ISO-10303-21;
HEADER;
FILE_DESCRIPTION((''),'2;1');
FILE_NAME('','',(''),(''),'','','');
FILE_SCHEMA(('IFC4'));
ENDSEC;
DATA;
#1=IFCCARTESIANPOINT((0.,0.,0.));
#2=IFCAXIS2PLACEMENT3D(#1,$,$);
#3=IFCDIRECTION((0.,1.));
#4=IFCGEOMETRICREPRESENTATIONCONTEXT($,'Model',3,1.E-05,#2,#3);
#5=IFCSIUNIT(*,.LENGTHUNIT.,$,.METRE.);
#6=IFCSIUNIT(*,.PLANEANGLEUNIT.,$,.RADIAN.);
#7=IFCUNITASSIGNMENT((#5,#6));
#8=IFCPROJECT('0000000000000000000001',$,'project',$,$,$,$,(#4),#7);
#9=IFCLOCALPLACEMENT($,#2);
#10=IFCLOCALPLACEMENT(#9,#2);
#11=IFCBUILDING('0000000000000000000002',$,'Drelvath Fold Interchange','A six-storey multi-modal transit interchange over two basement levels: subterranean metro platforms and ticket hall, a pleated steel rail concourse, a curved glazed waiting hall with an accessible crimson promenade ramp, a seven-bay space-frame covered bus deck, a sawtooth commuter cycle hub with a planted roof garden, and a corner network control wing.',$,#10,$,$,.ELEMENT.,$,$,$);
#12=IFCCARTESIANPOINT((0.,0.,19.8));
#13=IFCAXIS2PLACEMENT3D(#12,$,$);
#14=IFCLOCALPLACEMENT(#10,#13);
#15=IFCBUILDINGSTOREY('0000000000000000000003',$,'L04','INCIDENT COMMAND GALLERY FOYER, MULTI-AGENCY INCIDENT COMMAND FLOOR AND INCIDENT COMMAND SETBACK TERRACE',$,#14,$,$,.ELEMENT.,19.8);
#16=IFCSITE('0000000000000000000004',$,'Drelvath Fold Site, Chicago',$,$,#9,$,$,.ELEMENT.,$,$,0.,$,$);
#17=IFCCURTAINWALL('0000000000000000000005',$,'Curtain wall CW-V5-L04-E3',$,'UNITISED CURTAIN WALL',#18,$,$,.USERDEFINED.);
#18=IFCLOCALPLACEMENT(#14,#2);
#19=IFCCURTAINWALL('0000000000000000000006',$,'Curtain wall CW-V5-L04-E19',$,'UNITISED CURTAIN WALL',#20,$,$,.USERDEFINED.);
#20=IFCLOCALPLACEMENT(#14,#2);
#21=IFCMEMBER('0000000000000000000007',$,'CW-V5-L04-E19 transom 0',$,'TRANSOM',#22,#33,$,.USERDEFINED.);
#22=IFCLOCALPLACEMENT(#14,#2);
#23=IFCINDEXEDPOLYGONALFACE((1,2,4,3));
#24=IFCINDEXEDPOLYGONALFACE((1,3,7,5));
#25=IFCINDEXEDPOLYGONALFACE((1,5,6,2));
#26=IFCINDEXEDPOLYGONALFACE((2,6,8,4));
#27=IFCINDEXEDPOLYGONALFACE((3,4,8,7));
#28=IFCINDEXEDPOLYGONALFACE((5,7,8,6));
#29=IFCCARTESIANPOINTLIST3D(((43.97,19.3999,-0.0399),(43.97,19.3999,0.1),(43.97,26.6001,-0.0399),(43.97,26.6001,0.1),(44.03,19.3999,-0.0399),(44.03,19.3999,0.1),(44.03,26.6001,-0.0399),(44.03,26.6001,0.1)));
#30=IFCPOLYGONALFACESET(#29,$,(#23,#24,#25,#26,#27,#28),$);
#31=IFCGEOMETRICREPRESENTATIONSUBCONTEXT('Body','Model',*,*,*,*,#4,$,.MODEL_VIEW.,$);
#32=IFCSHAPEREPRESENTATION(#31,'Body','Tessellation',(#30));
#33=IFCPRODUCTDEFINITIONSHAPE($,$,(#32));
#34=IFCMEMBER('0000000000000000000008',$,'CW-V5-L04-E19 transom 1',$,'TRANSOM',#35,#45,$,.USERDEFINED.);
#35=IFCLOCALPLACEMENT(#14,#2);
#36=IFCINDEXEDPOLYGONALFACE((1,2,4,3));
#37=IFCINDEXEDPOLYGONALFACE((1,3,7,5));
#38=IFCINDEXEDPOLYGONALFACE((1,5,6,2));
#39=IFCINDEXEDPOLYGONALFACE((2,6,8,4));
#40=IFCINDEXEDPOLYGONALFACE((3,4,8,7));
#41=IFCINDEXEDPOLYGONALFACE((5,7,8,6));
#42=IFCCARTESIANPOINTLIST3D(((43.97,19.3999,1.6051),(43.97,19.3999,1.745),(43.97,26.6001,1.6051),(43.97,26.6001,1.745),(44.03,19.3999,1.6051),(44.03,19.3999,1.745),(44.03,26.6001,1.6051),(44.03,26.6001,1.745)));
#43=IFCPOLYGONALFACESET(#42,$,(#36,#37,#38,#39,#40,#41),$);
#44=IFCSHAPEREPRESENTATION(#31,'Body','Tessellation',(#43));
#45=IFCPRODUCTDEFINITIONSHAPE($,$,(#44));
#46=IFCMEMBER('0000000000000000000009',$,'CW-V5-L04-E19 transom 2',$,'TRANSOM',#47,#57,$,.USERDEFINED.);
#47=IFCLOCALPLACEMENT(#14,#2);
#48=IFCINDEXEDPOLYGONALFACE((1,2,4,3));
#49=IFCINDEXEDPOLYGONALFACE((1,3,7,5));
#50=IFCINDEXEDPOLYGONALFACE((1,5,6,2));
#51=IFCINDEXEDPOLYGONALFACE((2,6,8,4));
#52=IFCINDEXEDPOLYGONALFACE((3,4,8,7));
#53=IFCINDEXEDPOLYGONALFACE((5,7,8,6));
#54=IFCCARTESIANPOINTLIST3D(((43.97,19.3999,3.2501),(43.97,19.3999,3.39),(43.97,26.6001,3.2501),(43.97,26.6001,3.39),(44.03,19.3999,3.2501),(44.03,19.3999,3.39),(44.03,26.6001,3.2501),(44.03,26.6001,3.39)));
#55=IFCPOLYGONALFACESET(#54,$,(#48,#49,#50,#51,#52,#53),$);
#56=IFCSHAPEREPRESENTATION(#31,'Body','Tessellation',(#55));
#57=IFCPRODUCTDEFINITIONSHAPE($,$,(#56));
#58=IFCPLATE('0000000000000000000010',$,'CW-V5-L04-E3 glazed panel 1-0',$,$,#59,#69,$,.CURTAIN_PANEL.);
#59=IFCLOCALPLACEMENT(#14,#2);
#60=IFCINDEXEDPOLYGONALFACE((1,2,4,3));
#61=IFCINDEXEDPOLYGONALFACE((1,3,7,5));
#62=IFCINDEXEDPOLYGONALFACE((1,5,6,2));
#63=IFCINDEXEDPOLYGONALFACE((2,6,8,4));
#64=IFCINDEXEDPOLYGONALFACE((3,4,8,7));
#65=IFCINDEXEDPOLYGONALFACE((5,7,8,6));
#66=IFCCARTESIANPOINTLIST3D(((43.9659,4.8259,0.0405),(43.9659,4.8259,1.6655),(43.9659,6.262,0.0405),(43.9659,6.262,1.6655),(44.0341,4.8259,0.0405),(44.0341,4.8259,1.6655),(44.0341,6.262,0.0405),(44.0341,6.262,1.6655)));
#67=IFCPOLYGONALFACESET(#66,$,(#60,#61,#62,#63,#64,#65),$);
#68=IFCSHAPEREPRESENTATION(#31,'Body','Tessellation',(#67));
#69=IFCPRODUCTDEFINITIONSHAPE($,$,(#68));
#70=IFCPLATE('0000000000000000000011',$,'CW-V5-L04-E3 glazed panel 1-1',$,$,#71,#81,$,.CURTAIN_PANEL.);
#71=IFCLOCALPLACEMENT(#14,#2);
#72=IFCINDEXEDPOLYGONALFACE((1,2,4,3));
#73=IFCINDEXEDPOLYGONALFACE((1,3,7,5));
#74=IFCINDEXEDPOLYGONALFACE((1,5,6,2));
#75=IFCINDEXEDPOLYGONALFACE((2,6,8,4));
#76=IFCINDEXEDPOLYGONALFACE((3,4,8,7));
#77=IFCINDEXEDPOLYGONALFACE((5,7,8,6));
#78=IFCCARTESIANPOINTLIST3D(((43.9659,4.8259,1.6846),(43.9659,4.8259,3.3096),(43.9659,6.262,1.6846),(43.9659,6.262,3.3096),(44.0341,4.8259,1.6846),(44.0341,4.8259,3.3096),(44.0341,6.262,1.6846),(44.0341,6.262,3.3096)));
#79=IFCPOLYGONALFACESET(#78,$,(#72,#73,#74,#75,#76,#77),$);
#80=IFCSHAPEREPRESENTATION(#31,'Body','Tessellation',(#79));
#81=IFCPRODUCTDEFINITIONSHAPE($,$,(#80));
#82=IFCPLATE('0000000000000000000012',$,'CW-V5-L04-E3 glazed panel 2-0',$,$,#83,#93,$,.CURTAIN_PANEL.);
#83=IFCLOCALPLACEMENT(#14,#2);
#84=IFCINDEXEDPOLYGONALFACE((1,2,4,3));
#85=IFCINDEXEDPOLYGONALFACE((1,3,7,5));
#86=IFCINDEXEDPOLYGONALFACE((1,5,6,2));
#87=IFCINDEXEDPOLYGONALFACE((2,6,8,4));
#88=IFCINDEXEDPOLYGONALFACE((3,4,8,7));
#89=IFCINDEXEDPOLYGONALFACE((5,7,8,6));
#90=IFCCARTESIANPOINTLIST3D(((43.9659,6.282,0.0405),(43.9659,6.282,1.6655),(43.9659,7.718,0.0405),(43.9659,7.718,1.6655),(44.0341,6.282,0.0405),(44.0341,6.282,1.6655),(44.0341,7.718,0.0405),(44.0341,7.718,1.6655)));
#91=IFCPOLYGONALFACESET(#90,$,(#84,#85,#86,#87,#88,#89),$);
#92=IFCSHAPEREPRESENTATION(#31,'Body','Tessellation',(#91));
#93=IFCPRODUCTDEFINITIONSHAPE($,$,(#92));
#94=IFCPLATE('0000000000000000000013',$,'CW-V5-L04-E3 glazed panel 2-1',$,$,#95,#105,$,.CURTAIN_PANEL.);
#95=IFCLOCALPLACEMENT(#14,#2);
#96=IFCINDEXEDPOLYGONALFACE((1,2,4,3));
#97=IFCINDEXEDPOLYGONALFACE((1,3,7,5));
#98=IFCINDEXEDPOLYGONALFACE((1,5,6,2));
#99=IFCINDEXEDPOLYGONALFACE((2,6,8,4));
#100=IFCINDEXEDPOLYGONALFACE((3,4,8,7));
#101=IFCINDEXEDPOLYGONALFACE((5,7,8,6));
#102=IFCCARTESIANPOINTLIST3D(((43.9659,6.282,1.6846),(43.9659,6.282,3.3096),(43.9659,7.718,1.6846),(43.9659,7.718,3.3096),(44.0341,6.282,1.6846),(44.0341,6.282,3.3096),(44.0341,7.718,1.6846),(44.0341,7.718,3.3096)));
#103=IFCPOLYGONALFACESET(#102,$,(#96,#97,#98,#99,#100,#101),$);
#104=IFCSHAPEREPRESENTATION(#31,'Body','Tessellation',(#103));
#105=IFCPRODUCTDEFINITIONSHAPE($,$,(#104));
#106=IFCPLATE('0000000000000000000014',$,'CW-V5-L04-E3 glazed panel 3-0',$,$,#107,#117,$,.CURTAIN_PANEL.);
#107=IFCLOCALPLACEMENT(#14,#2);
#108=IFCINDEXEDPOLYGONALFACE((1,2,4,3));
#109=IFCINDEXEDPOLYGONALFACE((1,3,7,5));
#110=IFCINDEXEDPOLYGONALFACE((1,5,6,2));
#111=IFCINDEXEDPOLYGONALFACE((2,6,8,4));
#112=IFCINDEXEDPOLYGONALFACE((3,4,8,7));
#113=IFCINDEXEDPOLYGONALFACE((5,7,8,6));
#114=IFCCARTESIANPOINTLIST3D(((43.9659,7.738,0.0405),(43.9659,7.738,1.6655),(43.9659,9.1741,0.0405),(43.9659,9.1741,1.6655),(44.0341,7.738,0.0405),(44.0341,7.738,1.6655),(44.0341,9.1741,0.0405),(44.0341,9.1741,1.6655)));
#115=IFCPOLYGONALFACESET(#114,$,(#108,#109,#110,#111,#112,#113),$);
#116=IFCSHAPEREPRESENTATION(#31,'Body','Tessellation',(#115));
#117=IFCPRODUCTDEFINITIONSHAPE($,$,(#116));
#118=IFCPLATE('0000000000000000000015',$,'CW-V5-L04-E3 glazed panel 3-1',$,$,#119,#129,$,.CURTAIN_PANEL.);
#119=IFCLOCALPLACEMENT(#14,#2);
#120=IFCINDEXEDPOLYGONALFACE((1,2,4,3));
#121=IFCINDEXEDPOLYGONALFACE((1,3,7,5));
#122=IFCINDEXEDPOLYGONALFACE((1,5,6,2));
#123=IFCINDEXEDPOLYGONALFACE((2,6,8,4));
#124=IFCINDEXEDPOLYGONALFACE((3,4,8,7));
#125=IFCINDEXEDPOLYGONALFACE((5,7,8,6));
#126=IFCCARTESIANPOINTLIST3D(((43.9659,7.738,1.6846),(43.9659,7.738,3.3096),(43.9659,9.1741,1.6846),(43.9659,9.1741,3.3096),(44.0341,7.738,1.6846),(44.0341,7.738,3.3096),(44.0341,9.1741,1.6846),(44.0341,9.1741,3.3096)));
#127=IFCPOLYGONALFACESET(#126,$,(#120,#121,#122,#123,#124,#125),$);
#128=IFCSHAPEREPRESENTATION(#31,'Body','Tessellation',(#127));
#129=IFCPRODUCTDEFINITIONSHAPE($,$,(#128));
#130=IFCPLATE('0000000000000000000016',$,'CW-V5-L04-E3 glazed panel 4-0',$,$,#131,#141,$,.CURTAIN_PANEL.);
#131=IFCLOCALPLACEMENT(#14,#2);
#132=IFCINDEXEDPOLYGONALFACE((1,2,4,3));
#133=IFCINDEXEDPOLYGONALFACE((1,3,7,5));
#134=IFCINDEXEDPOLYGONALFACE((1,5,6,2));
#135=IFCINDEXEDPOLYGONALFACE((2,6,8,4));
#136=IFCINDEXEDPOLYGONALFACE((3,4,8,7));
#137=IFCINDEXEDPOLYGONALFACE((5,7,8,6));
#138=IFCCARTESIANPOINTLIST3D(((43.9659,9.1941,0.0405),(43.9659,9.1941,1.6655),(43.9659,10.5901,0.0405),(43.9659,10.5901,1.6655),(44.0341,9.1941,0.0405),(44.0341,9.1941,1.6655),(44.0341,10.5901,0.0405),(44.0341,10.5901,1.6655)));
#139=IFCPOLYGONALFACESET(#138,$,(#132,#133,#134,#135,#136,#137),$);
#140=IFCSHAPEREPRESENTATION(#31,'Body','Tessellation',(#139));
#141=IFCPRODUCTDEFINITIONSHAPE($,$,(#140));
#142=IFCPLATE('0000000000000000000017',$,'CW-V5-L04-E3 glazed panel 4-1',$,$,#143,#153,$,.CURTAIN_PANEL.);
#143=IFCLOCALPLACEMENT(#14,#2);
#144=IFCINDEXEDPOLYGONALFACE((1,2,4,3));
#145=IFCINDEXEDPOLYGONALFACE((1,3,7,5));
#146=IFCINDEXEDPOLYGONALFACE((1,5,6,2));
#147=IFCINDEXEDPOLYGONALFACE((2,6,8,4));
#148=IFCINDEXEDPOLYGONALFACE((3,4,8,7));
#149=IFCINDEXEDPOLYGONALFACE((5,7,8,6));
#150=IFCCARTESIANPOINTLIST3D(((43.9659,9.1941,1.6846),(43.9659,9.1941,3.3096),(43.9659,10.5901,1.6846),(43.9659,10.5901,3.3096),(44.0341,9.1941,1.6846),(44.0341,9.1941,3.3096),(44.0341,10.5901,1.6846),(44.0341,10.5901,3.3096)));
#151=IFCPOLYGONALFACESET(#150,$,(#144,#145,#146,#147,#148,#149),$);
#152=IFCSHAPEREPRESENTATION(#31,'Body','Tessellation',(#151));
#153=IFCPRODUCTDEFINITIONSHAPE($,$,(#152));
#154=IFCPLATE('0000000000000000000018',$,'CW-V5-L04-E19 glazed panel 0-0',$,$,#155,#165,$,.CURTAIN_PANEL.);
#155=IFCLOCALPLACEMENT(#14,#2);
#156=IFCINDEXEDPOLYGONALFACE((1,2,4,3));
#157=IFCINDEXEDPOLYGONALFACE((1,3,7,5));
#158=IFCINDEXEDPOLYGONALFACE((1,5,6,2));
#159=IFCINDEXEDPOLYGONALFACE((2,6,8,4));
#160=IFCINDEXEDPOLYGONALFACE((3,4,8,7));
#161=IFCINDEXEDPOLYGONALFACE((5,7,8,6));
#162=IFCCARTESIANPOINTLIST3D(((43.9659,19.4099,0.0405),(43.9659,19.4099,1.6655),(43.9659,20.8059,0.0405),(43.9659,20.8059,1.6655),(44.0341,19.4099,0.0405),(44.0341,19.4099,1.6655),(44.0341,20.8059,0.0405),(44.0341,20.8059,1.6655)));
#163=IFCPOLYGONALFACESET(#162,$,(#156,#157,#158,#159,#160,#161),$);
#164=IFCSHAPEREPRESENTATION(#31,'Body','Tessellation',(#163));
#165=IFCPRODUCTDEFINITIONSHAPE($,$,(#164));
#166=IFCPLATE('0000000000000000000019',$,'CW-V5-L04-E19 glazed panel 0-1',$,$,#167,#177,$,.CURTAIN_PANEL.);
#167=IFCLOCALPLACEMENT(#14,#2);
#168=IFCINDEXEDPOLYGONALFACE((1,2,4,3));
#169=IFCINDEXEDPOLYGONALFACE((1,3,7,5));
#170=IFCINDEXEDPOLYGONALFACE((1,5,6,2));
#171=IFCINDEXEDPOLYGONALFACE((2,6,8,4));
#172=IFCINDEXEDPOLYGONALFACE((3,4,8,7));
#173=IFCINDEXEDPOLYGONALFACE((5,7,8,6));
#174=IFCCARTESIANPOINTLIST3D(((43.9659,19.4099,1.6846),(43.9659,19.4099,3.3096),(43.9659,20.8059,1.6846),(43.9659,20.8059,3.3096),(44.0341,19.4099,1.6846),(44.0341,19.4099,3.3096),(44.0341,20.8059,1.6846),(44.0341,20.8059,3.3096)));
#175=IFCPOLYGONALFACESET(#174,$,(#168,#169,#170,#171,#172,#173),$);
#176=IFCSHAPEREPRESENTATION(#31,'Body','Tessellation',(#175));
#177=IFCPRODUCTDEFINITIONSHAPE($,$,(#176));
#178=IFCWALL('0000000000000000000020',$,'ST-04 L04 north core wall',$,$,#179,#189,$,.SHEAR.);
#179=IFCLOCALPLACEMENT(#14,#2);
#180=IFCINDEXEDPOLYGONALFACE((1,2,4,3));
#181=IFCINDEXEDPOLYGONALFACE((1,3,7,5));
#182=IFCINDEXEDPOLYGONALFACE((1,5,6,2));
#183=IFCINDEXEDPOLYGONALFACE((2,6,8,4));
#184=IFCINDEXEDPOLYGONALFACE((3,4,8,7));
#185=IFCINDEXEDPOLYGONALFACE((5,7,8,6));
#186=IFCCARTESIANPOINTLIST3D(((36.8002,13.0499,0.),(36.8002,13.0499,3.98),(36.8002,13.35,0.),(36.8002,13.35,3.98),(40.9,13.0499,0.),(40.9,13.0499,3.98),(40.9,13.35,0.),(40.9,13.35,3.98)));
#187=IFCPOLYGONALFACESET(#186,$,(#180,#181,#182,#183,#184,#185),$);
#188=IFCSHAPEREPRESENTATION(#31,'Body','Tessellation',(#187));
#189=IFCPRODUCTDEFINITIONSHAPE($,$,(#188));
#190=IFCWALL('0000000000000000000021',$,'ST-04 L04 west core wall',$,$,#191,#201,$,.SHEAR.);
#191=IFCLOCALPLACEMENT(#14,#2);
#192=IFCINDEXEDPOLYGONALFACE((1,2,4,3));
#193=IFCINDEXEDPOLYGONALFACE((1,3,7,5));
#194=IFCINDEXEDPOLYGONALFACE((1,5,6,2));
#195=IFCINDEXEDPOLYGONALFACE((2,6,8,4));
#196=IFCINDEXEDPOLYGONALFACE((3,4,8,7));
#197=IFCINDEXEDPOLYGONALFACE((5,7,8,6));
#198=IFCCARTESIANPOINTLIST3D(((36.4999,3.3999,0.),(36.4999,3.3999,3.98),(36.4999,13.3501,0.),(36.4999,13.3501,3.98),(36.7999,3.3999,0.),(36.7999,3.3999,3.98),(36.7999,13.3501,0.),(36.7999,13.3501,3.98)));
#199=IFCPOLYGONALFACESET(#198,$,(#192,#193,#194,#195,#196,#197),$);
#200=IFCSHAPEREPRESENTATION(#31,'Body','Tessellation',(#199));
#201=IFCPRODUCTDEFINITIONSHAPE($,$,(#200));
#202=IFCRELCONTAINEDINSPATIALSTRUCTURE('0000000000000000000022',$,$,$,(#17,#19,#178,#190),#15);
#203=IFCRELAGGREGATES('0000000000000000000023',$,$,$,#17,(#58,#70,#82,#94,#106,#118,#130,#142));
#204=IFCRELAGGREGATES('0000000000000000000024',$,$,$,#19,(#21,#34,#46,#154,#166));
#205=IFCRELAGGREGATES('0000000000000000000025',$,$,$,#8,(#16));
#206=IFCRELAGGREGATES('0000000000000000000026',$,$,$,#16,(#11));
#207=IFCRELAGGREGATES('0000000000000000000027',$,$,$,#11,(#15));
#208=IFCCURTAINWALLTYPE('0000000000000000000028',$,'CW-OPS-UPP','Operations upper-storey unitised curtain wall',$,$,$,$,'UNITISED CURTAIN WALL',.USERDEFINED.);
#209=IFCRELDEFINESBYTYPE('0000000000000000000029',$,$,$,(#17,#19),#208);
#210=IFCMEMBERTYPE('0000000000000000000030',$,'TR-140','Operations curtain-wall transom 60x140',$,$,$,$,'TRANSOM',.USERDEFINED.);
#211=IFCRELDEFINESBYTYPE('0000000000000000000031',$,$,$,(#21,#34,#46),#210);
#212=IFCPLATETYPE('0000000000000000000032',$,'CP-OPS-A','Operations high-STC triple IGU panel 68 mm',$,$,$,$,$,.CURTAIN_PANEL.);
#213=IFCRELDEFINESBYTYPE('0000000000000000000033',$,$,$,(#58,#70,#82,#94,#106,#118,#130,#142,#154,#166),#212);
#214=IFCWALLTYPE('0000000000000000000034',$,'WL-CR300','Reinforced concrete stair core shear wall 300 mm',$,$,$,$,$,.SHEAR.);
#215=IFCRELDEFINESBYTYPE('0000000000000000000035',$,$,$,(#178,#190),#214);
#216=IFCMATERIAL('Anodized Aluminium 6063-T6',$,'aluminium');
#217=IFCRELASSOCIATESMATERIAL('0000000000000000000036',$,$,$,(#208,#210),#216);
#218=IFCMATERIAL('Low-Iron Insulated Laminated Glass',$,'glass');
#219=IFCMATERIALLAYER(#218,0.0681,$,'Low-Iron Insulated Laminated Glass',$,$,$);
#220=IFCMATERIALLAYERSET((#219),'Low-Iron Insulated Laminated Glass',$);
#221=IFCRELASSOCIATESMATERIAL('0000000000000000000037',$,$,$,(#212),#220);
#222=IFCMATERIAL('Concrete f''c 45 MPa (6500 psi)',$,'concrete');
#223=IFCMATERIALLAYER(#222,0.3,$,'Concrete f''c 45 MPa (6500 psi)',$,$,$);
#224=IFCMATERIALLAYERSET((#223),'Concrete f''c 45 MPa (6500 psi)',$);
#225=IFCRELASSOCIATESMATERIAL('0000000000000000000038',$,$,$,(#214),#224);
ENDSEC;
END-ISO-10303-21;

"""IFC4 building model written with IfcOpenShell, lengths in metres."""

from ifc_helpers import new_model, si_unit, direction, frame, frame_2d, origin, origin_2d, place, context, subcontext, project, spatial, rectangle, extrude, material, layer, layer_set, material_profile, profile_set, type_object, element, aggregate, save


model = new_model("IFC4")

# Units and contexts
model_context = context("Model", 3, precision=1e-05, world=origin(), true_north=direction((0.0, 1.0)))
body_context = subcontext(model_context, "Body", "Model", "MODEL_VIEW")
ifc_project = project(units=[si_unit("LENGTHUNIT", "METRE"), si_unit("PLANEANGLEUNIT", "RADIAN")], contexts=[model_context])

# Site, building, storey
site_placement = place(None, origin())
site = spatial("IfcSite", under=ifc_project, at=site_placement, Name="Drelvath Fold Site, Chicago", CompositionType="ELEMENT", RefElevation=0.0)
building_placement = place(site_placement, origin())
building = spatial("IfcBuilding", under=site, at=building_placement, Name="Drelvath Fold Interchange", Description="A six-storey multi-modal transit interchange over two basement levels: subterranean metro platforms and ticket hall, a pleated steel rail concourse, a curved glazed waiting hall with an accessible crimson promenade ramp, a seven-bay space-frame covered bus deck, a sawtooth commuter cycle hub with a planted roof garden, and a corner network control wing.", CompositionType="ELEMENT")
storey_placement = place(building_placement, frame((0.0, 0.0, 19.8)))
storey = spatial("IfcBuildingStorey", under=building, at=storey_placement, Name="L04", Description="INCIDENT COMMAND GALLERY FOYER, MULTI-AGENCY INCIDENT COMMAND FLOOR AND INCIDENT COMMAND SETBACK TERRACE", CompositionType="ELEMENT", Elevation=19.8)

# Curtain walls, members
ifc_material_1 = material(Name="Anodized Aluminium 6063-T6", Category="aluminium")
curtain_wall_type = type_object("IfcCurtainWallType", Name="CW-OPS-UPP", Description="Operations upper-storey unitised curtain wall", ElementType="UNITISED CURTAIN WALL", PredefinedType="USERDEFINED", material=ifc_material_1)
curtain_wall_1_placement = place(storey_placement, origin())
curtain_wall_1 = element("IfcCurtainWall", 1, at=curtain_wall_1_placement, inside=storey, type_object=curtain_wall_type, Name="Curtain wall CW-V5-L04-E3", ObjectType="UNITISED CURTAIN WALL", PredefinedType="USERDEFINED")
curtain_wall_2_placement = place(storey_placement, origin())
curtain_wall_2 = element("IfcCurtainWall", 2, at=curtain_wall_2_placement, inside=storey, type_object=curtain_wall_type, Name="Curtain wall CW-V5-L04-E19", ObjectType="UNITISED CURTAIN WALL", PredefinedType="USERDEFINED")
ifc_material_profile_1 = material_profile(ifc_material_1, rectangle(XDim=0.0601, YDim=0.1399, at=origin_2d()), Name="AL-T 60x140")
ifc_profile_set_1 = profile_set([ifc_material_profile_1], Name="Anodized Aluminium 6063-T6")
member_type_1 = type_object("IfcMemberType", Name="TR-140", Description="Operations curtain-wall transom 60x140", ElementType="TRANSOM", PredefinedType="USERDEFINED", material=ifc_profile_set_1)
member_1_placement = place(storey_placement, frame((44.0, 19.3999, 0.03), z_axis=(0.0, 1.0, 0.0), x_axis=(-1.0, 0.0, 0.0)))
member_1 = element("IfcMember", 3, at=member_1_placement, type_object=member_type_1, Name="CW-V5-L04-E19 transom 0", ObjectType="TRANSOM", PredefinedType="USERDEFINED", context=body_context, shape_type="SweptSolid", body=[
    extrude(rectangle(XDim=0.0601, YDim=0.1399, at=origin_2d()), origin(), (0.0, 0.0, 1.0), 7.2002),
])
member_2_placement = place(storey_placement, frame((44.0, 19.3999, 1.675), z_axis=(0.0, 1.0, 0.0), x_axis=(-1.0, 0.0, 0.0)))
member_2 = element("IfcMember", 4, at=member_2_placement, type_object=member_type_1, Name="CW-V5-L04-E19 transom 1", ObjectType="TRANSOM", PredefinedType="USERDEFINED", context=body_context, shape_type="SweptSolid", body=[
    extrude(rectangle(XDim=0.0601, YDim=0.1399, at=origin_2d()), origin(), (0.0, 0.0, 1.0), 7.2002),
])
member_3_placement = place(storey_placement, frame((44.0, 19.3999, 3.3201), z_axis=(0.0, 1.0, 0.0), x_axis=(-1.0, 0.0, 0.0)))
member_3 = element("IfcMember", 5, at=member_3_placement, type_object=member_type_1, Name="CW-V5-L04-E19 transom 2", ObjectType="TRANSOM", PredefinedType="USERDEFINED", context=body_context, shape_type="SweptSolid", body=[
    extrude(rectangle(XDim=0.0601, YDim=0.1399, at=origin_2d()), origin(), (0.0, 0.0, 1.0), 7.2002),
])

# Plates
ifc_material_2 = material(Name="Low-Iron Insulated Laminated Glass", Category="glass")
ifc_layer_1 = layer(ifc_material_2, 0.0681, Name="Low-Iron Insulated Laminated Glass")
ifc_layer_set_1 = layer_set([ifc_layer_1], Name="Low-Iron Insulated Laminated Glass")
plate_type = type_object("IfcPlateType", Name="CP-OPS-A", Description="Operations high-STC triple IGU panel 68 mm", PredefinedType="CURTAIN_PANEL", material=ifc_layer_set_1)
plate_1_placement = place(storey_placement, frame((44.0, 5.5439, 0.0405), z_axis=(0.0, 0.0, 1.0), x_axis=(0.0, 1.0, 0.0)))
plate_1 = element("IfcPlate", 6, at=plate_1_placement, type_object=plate_type, Name="CW-V5-L04-E3 glazed panel 1-0", PredefinedType="CURTAIN_PANEL", context=body_context, shape_type="SweptSolid", body=[
    extrude(rectangle(XDim=1.436, YDim=0.0681, at=origin_2d()), origin(), (0.0, 0.0, 1.0), 1.625),
])
plate_2_placement = place(storey_placement, frame((44.0, 5.5439, 1.6846), z_axis=(0.0, 0.0, 1.0), x_axis=(0.0, 1.0, 0.0)))
plate_2 = element("IfcPlate", 7, at=plate_2_placement, type_object=plate_type, Name="CW-V5-L04-E3 glazed panel 1-1", PredefinedType="CURTAIN_PANEL", context=body_context, shape_type="SweptSolid", body=[
    extrude(rectangle(XDim=1.436, YDim=0.0681, at=origin_2d()), origin(), (0.0, 0.0, 1.0), 1.625),
])
plate_3_placement = place(storey_placement, frame((44.0, 7.0, 0.0405), z_axis=(0.0, 0.0, 1.0), x_axis=(0.0, 1.0, 0.0)))
plate_3 = element("IfcPlate", 8, at=plate_3_placement, type_object=plate_type, Name="CW-V5-L04-E3 glazed panel 2-0", PredefinedType="CURTAIN_PANEL", context=body_context, shape_type="SweptSolid", body=[
    extrude(rectangle(XDim=1.436, YDim=0.0681, at=origin_2d()), origin(), (0.0, 0.0, 1.0), 1.625),
])
plate_4_placement = place(storey_placement, frame((44.0, 7.0, 1.6846), z_axis=(0.0, 0.0, 1.0), x_axis=(0.0, 1.0, 0.0)))
plate_4 = element("IfcPlate", 9, at=plate_4_placement, type_object=plate_type, Name="CW-V5-L04-E3 glazed panel 2-1", PredefinedType="CURTAIN_PANEL", context=body_context, shape_type="SweptSolid", body=[
    extrude(rectangle(XDim=1.436, YDim=0.0681, at=origin_2d()), origin(), (0.0, 0.0, 1.0), 1.625),
])
plate_5_placement = place(storey_placement, frame((44.0, 8.4561, 0.0405), z_axis=(0.0, 0.0, 1.0), x_axis=(0.0, 1.0, 0.0)))
plate_5 = element("IfcPlate", 10, at=plate_5_placement, type_object=plate_type, Name="CW-V5-L04-E3 glazed panel 3-0", PredefinedType="CURTAIN_PANEL", context=body_context, shape_type="SweptSolid", body=[
    extrude(rectangle(XDim=1.436, YDim=0.0681, at=origin_2d()), origin(), (0.0, 0.0, 1.0), 1.625),
])
plate_6_placement = place(storey_placement, frame((44.0, 8.4561, 1.6846), z_axis=(0.0, 0.0, 1.0), x_axis=(0.0, 1.0, 0.0)))
plate_6 = element("IfcPlate", 11, at=plate_6_placement, type_object=plate_type, Name="CW-V5-L04-E3 glazed panel 3-1", PredefinedType="CURTAIN_PANEL", context=body_context, shape_type="SweptSolid", body=[
    extrude(rectangle(XDim=1.436, YDim=0.0681, at=origin_2d()), origin(), (0.0, 0.0, 1.0), 1.625),
])
plate_7_placement = place(storey_placement, frame((44.0, 9.8921, 0.0405), z_axis=(0.0, 0.0, 1.0), x_axis=(0.0, 1.0, 0.0)))
plate_7 = element("IfcPlate", 12, at=plate_7_placement, type_object=plate_type, Name="CW-V5-L04-E3 glazed panel 4-0", PredefinedType="CURTAIN_PANEL", context=body_context, shape_type="SweptSolid", body=[
    extrude(rectangle(XDim=1.396, YDim=0.0681, at=origin_2d()), origin(), (0.0, 0.0, 1.0), 1.625),
])
plate_8_placement = place(storey_placement, frame((44.0, 9.8921, 1.6846), z_axis=(0.0, 0.0, 1.0), x_axis=(0.0, 1.0, 0.0)))
plate_8 = element("IfcPlate", 13, at=plate_8_placement, type_object=plate_type, Name="CW-V5-L04-E3 glazed panel 4-1", PredefinedType="CURTAIN_PANEL", context=body_context, shape_type="SweptSolid", body=[
    extrude(rectangle(XDim=1.396, YDim=0.0681, at=origin_2d()), origin(), (0.0, 0.0, 1.0), 1.625),
])
aggregate(curtain_wall_1, [plate_1, plate_2, plate_3, plate_4, plate_5, plate_6, plate_7, plate_8])
plate_9_placement = place(storey_placement, frame((44.0, 20.1079, 0.0405), z_axis=(0.0, 0.0, 1.0), x_axis=(0.0, 1.0, 0.0)))
plate_9 = element("IfcPlate", 14, at=plate_9_placement, type_object=plate_type, Name="CW-V5-L04-E19 glazed panel 0-0", PredefinedType="CURTAIN_PANEL", context=body_context, shape_type="SweptSolid", body=[
    extrude(rectangle(XDim=1.396, YDim=0.0681, at=origin_2d()), origin(), (0.0, 0.0, 1.0), 1.625),
])
plate_10_placement = place(storey_placement, frame((44.0, 20.1079, 1.6846), z_axis=(0.0, 0.0, 1.0), x_axis=(0.0, 1.0, 0.0)))
plate_10 = element("IfcPlate", 15, at=plate_10_placement, type_object=plate_type, Name="CW-V5-L04-E19 glazed panel 0-1", PredefinedType="CURTAIN_PANEL", context=body_context, shape_type="SweptSolid", body=[
    extrude(rectangle(XDim=1.396, YDim=0.0681, at=origin_2d()), origin(), (0.0, 0.0, 1.0), 1.625),
])
aggregate(curtain_wall_2, [member_1, member_2, member_3, plate_9, plate_10])

# Walls
ifc_material_3 = material(Name="Concrete f'c 45 MPa (6500 psi)", Category="concrete")
ifc_layer_2 = layer(ifc_material_3, 0.3, Name="Concrete f'c 45 MPa (6500 psi)")
ifc_layer_set_2 = layer_set([ifc_layer_2], Name="Concrete f'c 45 MPa (6500 psi)")
wall_type_1 = type_object("IfcWallType", Name="WL-CR300", Description="Reinforced concrete stair core shear wall 300 mm", PredefinedType="SHEAR", material=ifc_layer_set_2)
wall_1_placement = place(storey_placement, frame((40.8999, 13.2, 0.0), z_axis=(0.0, 0.0, 1.0), x_axis=(-1.0, 0.0, 0.0)))
element("IfcWall", 16, at=wall_1_placement, inside=storey, type_object=wall_type_1, Name="ST-04 L04 north core wall", PredefinedType="SHEAR", context=body_context, shape_type="SweptSolid", body=[
    extrude(rectangle(XDim=4.0999, YDim=0.3, at=frame_2d((2.0498, 0.0))), origin(), (0.0, 0.0, 1.0), 3.98),
])
wall_2_placement = place(storey_placement, frame((36.6499, 13.3501, 0.0), z_axis=(0.0, 0.0, 1.0), x_axis=(0.0, -1.0, 0.0)))
element("IfcWall", 17, at=wall_2_placement, inside=storey, type_object=wall_type_1, Name="ST-04 L04 west core wall", PredefinedType="SHEAR", context=body_context, shape_type="SweptSolid", body=[
    extrude(rectangle(XDim=9.9502, YDim=0.3, at=frame_2d((4.9751, 0.0))), origin(), (0.0, 0.0, 1.0), 3.98),
])

save(model, "model.ifc")
